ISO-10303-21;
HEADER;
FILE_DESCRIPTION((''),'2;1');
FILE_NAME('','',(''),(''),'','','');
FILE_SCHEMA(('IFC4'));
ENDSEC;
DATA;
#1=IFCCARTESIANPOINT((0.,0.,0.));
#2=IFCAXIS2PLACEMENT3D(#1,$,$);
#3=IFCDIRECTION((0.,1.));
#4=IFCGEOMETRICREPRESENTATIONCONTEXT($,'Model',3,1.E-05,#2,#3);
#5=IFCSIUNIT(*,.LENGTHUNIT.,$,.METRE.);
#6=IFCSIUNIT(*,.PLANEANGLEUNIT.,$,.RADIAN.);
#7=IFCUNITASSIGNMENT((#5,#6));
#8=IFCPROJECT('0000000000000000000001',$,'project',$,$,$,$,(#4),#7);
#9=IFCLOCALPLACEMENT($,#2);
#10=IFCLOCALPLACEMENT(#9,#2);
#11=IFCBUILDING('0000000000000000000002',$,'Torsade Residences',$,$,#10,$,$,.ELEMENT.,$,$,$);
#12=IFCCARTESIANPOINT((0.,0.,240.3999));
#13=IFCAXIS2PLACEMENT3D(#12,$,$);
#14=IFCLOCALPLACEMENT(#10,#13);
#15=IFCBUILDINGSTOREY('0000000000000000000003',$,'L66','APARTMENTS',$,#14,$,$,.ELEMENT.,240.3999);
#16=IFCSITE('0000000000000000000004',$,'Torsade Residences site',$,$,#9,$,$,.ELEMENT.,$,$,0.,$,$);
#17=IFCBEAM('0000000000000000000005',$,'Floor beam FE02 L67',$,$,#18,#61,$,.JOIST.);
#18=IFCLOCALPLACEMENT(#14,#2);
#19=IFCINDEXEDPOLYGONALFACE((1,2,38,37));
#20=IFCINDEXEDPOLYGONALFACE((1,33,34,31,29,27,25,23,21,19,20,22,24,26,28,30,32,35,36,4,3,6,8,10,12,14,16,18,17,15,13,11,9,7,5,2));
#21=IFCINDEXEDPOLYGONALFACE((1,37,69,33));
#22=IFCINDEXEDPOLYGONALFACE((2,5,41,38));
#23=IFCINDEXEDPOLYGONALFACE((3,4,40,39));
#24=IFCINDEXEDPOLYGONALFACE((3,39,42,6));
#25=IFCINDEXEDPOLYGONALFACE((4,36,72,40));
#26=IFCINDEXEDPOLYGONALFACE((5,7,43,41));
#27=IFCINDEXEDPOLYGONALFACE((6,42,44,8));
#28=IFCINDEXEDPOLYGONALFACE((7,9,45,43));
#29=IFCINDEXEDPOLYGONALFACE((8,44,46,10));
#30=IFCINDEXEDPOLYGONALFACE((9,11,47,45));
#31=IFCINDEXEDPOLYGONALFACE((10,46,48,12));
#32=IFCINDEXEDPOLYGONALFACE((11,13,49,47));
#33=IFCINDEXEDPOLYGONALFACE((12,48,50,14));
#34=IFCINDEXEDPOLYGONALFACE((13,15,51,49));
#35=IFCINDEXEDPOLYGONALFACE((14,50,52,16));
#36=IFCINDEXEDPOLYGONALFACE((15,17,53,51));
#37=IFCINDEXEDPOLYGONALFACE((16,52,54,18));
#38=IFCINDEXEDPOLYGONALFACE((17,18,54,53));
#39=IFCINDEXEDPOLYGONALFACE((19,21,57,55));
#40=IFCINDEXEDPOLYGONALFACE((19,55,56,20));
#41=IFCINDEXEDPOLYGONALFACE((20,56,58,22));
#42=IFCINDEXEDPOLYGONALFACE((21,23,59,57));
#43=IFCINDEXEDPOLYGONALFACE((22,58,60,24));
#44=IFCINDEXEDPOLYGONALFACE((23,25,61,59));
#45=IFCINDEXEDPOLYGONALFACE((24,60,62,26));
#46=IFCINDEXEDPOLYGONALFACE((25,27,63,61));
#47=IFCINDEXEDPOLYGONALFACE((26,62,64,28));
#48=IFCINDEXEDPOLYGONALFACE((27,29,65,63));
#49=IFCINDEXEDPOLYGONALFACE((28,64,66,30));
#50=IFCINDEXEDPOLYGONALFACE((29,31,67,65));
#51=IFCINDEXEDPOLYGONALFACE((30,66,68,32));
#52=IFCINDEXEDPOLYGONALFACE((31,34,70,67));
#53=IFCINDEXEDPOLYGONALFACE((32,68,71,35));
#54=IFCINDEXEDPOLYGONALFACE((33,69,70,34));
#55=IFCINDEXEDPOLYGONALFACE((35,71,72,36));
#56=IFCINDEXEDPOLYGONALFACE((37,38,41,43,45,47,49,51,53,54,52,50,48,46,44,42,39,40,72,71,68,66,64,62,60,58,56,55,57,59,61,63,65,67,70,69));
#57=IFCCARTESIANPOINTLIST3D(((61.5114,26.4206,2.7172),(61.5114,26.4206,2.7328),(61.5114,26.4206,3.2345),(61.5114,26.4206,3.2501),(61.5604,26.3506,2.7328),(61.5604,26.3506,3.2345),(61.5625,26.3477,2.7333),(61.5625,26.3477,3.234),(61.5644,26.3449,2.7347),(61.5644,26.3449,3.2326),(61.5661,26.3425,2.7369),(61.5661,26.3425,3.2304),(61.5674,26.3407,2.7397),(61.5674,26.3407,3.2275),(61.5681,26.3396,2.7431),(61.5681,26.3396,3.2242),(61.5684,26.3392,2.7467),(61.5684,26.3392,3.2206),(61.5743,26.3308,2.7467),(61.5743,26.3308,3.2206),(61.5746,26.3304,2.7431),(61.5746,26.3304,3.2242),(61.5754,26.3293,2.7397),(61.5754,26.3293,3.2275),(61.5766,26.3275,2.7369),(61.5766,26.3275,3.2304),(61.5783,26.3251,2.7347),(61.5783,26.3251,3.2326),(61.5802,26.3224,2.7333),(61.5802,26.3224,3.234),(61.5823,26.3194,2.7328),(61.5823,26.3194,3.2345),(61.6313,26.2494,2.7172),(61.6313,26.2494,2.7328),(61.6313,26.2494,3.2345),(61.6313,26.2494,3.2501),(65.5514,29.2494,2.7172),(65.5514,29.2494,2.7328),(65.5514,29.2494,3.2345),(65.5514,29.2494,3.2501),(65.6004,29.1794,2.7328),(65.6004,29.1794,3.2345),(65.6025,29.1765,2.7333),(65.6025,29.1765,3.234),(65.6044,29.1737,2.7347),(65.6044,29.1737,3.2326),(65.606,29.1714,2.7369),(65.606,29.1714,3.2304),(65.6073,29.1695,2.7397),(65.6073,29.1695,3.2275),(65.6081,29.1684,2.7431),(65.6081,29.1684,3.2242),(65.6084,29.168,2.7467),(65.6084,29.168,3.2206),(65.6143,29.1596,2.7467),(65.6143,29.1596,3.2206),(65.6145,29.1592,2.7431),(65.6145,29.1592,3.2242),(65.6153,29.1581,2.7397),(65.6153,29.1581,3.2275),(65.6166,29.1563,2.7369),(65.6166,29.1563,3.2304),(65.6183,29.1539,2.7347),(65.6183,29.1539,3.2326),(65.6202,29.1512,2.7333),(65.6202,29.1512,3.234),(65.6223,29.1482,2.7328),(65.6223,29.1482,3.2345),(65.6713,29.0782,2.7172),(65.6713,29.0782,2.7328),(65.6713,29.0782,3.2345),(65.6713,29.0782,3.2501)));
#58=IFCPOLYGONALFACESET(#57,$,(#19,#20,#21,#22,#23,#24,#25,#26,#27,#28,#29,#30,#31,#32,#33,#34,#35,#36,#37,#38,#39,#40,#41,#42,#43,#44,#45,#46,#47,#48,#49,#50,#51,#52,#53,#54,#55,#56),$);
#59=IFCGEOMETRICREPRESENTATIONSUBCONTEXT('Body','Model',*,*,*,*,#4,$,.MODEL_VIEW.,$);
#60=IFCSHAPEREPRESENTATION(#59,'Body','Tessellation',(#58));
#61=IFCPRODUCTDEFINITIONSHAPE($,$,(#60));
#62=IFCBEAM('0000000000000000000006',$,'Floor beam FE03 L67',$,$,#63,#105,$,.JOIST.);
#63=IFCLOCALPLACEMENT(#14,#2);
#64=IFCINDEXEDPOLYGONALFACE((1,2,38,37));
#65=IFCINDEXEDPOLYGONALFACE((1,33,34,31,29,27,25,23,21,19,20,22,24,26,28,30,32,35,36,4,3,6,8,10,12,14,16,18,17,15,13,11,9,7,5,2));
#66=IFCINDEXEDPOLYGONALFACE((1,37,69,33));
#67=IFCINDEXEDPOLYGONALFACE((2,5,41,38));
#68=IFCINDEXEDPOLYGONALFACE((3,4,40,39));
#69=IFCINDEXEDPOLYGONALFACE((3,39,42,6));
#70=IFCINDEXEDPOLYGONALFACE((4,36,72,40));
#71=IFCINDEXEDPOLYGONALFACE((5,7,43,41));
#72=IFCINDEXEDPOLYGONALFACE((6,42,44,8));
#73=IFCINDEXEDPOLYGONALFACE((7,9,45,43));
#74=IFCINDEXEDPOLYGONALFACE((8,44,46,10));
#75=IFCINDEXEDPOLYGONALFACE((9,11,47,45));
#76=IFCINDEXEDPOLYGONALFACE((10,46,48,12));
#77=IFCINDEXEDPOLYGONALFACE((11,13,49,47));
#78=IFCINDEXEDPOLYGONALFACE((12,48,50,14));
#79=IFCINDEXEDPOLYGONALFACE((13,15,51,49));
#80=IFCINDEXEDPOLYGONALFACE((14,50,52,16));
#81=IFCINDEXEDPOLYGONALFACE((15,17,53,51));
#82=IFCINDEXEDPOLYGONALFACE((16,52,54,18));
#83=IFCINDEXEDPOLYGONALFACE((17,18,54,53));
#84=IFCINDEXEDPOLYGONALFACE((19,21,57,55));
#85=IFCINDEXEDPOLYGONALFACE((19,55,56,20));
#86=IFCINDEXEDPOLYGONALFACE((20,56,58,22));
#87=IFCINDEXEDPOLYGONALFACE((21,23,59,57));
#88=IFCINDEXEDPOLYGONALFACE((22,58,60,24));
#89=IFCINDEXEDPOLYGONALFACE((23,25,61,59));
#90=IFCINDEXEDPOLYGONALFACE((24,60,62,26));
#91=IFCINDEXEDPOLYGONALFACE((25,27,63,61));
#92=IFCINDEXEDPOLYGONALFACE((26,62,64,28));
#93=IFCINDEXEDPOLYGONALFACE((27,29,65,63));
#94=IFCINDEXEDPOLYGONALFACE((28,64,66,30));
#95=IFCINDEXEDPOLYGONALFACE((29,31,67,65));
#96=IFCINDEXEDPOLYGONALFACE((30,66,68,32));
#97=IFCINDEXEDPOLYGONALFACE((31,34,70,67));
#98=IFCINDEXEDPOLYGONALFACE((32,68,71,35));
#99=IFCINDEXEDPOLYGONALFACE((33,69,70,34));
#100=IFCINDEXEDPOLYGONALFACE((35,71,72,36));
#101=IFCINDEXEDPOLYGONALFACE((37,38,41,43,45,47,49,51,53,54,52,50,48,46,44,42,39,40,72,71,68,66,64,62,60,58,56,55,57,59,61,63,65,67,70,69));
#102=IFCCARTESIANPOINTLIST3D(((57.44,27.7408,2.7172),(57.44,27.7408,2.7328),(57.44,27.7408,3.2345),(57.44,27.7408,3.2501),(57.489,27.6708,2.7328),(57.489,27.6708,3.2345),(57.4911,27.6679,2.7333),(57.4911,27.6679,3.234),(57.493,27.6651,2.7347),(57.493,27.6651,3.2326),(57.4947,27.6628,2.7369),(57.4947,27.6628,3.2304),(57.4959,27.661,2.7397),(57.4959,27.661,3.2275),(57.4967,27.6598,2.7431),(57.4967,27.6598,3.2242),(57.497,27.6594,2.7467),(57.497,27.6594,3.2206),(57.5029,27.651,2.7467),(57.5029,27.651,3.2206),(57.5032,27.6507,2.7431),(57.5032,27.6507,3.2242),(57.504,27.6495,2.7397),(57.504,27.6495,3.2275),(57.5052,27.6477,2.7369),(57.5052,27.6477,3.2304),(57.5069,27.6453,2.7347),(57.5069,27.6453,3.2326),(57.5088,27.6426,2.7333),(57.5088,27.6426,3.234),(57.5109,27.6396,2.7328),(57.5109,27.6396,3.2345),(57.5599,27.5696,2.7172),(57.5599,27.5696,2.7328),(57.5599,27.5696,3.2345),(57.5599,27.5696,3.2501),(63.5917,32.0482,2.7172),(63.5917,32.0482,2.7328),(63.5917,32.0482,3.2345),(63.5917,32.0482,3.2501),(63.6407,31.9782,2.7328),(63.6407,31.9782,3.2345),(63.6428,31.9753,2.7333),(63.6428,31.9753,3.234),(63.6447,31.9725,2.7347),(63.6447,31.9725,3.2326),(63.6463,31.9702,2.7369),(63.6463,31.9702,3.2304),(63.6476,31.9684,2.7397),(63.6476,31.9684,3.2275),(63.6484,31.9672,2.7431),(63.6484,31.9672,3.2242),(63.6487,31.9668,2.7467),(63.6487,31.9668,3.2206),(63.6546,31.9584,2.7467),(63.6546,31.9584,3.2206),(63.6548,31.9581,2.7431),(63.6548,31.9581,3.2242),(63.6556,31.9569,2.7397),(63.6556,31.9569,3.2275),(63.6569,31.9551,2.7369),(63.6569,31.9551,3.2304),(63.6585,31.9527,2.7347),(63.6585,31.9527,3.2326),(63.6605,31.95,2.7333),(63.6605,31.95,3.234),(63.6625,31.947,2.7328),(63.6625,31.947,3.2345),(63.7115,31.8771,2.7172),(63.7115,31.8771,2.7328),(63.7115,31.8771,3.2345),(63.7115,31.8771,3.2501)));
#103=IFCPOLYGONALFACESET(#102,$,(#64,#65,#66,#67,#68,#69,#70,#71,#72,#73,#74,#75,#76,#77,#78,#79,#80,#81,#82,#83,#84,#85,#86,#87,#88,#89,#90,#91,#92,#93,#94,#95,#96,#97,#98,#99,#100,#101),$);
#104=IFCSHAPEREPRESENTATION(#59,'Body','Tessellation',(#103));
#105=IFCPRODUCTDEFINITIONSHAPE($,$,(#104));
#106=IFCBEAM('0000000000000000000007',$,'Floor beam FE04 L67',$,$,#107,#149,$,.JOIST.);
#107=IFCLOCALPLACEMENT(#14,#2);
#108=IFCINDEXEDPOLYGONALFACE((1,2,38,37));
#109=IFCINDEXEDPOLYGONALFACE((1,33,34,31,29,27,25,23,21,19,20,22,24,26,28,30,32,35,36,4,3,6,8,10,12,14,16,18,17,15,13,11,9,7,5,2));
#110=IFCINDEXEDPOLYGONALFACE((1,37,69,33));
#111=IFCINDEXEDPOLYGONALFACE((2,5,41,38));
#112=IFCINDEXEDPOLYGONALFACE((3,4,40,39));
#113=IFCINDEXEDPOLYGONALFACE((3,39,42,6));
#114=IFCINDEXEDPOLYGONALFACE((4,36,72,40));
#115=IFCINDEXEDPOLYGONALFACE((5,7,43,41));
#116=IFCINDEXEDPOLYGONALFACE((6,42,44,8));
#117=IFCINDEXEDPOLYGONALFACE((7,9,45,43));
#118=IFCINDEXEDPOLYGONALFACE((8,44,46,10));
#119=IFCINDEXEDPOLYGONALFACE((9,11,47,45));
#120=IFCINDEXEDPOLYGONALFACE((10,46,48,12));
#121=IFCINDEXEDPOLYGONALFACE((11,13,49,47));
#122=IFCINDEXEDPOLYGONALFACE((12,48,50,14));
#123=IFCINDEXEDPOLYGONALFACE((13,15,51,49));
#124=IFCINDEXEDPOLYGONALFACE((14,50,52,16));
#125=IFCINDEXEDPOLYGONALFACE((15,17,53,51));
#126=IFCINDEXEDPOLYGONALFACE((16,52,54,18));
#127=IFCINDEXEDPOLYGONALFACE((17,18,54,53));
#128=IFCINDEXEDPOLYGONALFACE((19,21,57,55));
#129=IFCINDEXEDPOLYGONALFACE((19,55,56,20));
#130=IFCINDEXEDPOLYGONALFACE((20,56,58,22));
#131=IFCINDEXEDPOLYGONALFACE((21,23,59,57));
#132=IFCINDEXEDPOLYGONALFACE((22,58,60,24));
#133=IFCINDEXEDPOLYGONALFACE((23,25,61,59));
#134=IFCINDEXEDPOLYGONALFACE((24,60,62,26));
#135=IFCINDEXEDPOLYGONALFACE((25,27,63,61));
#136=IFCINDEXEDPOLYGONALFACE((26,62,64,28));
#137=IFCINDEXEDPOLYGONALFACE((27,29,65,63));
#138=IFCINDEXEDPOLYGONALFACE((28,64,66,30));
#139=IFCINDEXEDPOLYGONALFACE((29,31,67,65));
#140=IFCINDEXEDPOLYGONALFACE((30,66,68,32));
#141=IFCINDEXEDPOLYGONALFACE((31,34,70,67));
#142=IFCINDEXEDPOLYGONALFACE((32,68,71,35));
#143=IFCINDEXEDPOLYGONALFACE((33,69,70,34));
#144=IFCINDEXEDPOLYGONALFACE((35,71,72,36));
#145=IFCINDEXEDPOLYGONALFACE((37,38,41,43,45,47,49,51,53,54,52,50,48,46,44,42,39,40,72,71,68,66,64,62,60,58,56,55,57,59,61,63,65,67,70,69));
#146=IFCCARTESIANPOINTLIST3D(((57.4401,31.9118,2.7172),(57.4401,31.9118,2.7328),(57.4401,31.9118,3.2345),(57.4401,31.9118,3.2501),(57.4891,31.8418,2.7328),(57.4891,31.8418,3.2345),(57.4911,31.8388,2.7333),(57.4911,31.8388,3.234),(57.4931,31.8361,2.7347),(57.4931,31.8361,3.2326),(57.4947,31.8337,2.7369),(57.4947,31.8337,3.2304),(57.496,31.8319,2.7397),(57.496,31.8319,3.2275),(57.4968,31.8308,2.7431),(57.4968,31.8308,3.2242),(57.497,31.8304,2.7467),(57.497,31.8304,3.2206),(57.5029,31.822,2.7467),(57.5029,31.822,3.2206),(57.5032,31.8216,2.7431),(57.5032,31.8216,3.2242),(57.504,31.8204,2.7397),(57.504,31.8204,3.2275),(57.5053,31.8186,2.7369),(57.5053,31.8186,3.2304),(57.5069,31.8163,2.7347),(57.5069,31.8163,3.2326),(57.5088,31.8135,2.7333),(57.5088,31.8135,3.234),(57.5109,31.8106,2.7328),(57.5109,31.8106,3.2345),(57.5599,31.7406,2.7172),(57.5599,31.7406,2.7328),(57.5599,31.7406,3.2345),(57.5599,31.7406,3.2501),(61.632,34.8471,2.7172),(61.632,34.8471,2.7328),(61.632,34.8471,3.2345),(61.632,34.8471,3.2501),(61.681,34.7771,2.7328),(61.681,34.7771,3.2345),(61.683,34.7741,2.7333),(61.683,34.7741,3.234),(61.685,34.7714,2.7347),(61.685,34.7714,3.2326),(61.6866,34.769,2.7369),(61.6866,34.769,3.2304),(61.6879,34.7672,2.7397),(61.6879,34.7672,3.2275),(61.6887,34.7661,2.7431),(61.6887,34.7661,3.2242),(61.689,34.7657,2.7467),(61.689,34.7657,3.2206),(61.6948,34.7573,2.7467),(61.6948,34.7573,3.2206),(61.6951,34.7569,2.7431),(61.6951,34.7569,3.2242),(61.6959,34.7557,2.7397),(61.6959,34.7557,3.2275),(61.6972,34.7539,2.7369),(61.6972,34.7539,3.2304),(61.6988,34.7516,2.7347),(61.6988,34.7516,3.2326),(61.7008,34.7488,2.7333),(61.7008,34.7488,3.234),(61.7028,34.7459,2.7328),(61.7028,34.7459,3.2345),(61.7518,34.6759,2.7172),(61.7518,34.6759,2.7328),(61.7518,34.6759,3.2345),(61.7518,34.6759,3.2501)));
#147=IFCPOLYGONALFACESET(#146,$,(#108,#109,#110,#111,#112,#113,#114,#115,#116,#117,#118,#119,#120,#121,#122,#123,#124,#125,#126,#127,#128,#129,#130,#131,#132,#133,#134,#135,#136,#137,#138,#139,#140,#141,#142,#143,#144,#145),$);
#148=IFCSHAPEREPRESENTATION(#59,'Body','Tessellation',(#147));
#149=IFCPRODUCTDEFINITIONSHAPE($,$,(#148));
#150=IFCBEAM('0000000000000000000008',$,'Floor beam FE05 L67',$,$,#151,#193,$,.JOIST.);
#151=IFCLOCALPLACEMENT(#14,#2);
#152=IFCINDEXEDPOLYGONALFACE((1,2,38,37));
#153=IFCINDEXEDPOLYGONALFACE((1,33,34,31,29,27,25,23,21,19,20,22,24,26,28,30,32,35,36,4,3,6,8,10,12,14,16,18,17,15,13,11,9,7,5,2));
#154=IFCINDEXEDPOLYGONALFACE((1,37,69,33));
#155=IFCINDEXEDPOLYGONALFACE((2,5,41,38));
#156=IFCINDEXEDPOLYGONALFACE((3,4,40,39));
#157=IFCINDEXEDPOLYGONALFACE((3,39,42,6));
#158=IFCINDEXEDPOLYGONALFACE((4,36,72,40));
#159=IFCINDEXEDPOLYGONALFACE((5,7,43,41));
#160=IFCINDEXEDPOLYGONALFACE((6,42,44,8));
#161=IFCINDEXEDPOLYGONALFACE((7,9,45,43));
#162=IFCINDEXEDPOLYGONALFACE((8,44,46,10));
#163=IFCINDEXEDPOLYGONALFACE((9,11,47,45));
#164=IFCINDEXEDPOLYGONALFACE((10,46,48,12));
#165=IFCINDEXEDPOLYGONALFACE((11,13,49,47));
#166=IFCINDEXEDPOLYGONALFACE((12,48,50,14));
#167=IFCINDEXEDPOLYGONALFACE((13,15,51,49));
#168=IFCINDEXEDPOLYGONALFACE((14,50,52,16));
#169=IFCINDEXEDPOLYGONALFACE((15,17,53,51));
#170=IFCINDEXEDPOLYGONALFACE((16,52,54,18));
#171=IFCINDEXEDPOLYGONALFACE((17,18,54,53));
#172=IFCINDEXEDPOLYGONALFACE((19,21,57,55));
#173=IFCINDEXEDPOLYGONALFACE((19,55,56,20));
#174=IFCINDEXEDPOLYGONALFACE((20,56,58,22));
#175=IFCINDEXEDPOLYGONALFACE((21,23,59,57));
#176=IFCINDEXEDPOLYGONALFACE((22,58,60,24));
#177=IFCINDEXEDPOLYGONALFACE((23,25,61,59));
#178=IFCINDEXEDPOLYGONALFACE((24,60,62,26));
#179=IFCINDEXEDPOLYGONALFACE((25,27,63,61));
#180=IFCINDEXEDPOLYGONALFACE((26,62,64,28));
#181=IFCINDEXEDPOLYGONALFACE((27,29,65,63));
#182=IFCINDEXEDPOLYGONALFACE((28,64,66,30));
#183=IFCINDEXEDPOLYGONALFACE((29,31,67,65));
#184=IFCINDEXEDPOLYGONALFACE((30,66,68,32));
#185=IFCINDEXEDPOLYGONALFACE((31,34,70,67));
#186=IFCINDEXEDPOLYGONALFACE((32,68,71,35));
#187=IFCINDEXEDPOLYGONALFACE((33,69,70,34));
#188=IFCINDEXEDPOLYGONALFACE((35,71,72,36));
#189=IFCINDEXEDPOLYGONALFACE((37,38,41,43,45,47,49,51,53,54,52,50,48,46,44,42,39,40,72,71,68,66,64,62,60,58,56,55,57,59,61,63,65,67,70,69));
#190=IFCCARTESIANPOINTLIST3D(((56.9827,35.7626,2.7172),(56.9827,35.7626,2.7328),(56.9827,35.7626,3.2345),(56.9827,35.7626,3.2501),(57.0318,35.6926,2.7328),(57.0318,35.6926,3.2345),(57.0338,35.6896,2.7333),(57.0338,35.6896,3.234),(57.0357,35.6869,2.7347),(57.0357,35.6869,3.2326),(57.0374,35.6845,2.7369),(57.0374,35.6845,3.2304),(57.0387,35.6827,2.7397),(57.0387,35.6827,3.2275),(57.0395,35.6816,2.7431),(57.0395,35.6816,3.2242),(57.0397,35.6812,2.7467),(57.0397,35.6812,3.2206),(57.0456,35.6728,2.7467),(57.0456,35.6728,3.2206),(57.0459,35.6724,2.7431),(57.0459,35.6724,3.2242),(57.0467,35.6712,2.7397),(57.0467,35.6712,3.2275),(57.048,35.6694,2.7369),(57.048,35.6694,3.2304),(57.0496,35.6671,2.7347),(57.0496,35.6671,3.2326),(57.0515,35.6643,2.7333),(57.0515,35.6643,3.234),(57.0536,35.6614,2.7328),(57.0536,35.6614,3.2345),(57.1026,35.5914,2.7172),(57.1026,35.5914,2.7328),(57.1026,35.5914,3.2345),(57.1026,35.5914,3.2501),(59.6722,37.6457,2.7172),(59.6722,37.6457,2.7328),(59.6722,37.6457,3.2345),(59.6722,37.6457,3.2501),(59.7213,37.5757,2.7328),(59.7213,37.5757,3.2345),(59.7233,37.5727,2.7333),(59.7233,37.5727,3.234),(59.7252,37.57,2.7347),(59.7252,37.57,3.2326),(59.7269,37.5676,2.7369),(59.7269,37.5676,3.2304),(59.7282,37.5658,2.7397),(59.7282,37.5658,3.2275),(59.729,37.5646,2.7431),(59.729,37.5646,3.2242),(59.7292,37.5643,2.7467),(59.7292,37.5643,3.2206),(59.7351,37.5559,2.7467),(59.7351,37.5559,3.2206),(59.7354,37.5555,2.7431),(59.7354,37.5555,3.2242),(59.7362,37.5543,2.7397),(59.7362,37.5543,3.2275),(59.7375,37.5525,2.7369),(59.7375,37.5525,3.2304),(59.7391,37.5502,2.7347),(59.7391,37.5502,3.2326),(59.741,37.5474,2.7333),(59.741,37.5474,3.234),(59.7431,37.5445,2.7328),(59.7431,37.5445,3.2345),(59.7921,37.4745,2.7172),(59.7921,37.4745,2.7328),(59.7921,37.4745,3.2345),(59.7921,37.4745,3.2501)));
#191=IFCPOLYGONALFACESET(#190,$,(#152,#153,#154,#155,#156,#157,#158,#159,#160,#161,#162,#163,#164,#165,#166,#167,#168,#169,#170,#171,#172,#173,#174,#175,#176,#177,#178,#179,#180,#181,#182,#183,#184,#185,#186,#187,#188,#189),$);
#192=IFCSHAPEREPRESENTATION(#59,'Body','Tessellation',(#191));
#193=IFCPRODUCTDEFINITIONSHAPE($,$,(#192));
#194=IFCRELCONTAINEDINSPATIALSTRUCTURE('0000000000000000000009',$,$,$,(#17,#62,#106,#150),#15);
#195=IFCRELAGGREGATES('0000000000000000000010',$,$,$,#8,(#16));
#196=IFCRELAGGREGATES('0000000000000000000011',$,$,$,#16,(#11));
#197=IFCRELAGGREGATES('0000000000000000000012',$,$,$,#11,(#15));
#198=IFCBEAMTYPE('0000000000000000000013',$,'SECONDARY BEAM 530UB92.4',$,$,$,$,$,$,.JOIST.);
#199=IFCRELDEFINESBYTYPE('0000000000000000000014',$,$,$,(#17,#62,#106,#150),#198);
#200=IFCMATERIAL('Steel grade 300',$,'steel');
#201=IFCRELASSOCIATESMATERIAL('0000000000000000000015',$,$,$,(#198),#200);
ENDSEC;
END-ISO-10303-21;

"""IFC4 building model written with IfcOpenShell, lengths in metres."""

from ifc_helpers import new_model, si_unit, direction, frame, origin, origin_2d, place, context, subcontext, project, spatial, i_section, extrude, material, material_profile, profile_set, type_object, element, save


model = new_model("IFC4")

# Units and contexts
model_context = context("Model", 3, precision=1e-05, world=origin(), true_north=direction((0.0, 1.0)))
body_context = subcontext(model_context, "Body", "Model", "MODEL_VIEW")
ifc_project = project(units=[si_unit("LENGTHUNIT", "METRE"), si_unit("PLANEANGLEUNIT", "RADIAN")], contexts=[model_context])

# Site, building, storey
site_placement = place(None, origin())
site = spatial("IfcSite", under=ifc_project, at=site_placement, Name="Torsade Residences site", CompositionType="ELEMENT", RefElevation=0.0)
building_placement = place(site_placement, origin())
building = spatial("IfcBuilding", under=site, at=building_placement, Name="Torsade Residences", CompositionType="ELEMENT")
storey_placement = place(building_placement, frame((0.0, 0.0, 240.3999)))
storey = spatial("IfcBuildingStorey", under=building, at=storey_placement, Name="L66", Description="APARTMENTS", CompositionType="ELEMENT", Elevation=240.3999)

# Beams
ifc_material_1 = material(Name="Steel grade 300", Category="steel")
ifc_material_profile_1 = material_profile(ifc_material_1, i_section(OverallWidth=0.209, OverallDepth=0.533, WebThickness=0.0103, FlangeThickness=0.0156, FilletRadius=0.0139, at=origin_2d()), Name="530UB92.4")
ifc_profile_set_1 = profile_set([ifc_material_profile_1], Name="Steel grade 300")
beam_type_1 = type_object("IfcBeamType", Name="SECONDARY BEAM 530UB92.4", PredefinedType="JOIST", material=ifc_profile_set_1)
beam_1_placement = place(storey_placement, frame((65.6113, 29.1638, 2.9836), z_axis=(-0.819153, -0.573575, 0.0), x_axis=(0.573575, -0.819153, 0.0)))
element("IfcBeam", 1, at=beam_1_placement, inside=storey, type_object=beam_type_1, Name="Floor beam FE02 L67", PredefinedType="JOIST", context=body_context, shape_type="SweptSolid", body=[
    extrude(i_section(OverallWidth=0.209, OverallDepth=0.533, WebThickness=0.0103, FlangeThickness=0.0156, FilletRadius=0.0139, at=origin_2d()), origin(), (0.0, 0.0, 1.0), 4.9319),
])
beam_2_placement = place(storey_placement, frame((63.6516, 31.9626, 2.9836), z_axis=(-0.819154, -0.573574, 0.0), x_axis=(0.573574, -0.819154, 0.0)))
element("IfcBeam", 2, at=beam_2_placement, inside=storey, type_object=beam_type_1, Name="Floor beam FE03 L67", PredefinedType="JOIST", context=body_context, shape_type="SweptSolid", body=[
    extrude(i_section(OverallWidth=0.209, OverallDepth=0.533, WebThickness=0.0103, FlangeThickness=0.0156, FilletRadius=0.0139, at=origin_2d()), origin(), (0.0, 0.0, 1.0), 7.5098),
])
beam_3_placement = place(storey_placement, frame((61.6919, 34.7615, 2.9836), z_axis=(-0.819142, -0.57359, 0.0), x_axis=(0.57359, -0.819142, 0.0)))
element("IfcBeam", 3, at=beam_3_placement, inside=storey, type_object=beam_type_1, Name="Floor beam FE04 L67", PredefinedType="JOIST", context=body_context, shape_type="SweptSolid", body=[
    extrude(i_section(OverallWidth=0.209, OverallDepth=0.533, WebThickness=0.0103, FlangeThickness=0.0156, FilletRadius=0.0139, at=origin_2d()), origin(), (0.0, 0.0, 1.0), 5.1174),
])
beam_4_placement = place(storey_placement, frame((59.7322, 37.5601, 2.9836), z_axis=(-0.819169, -0.573552, 0.0), x_axis=(0.573552, -0.819169, 0.0)))
element("IfcBeam", 4, at=beam_4_placement, inside=storey, type_object=beam_type_1, Name="Floor beam FE05 L67", PredefinedType="JOIST", context=body_context, shape_type="SweptSolid", body=[
    extrude(i_section(OverallWidth=0.209, OverallDepth=0.533, WebThickness=0.0103, FlangeThickness=0.0156, FilletRadius=0.0139, at=origin_2d()), origin(), (0.0, 0.0, 1.0), 3.2832),
])

save(model, "model.ifc")
